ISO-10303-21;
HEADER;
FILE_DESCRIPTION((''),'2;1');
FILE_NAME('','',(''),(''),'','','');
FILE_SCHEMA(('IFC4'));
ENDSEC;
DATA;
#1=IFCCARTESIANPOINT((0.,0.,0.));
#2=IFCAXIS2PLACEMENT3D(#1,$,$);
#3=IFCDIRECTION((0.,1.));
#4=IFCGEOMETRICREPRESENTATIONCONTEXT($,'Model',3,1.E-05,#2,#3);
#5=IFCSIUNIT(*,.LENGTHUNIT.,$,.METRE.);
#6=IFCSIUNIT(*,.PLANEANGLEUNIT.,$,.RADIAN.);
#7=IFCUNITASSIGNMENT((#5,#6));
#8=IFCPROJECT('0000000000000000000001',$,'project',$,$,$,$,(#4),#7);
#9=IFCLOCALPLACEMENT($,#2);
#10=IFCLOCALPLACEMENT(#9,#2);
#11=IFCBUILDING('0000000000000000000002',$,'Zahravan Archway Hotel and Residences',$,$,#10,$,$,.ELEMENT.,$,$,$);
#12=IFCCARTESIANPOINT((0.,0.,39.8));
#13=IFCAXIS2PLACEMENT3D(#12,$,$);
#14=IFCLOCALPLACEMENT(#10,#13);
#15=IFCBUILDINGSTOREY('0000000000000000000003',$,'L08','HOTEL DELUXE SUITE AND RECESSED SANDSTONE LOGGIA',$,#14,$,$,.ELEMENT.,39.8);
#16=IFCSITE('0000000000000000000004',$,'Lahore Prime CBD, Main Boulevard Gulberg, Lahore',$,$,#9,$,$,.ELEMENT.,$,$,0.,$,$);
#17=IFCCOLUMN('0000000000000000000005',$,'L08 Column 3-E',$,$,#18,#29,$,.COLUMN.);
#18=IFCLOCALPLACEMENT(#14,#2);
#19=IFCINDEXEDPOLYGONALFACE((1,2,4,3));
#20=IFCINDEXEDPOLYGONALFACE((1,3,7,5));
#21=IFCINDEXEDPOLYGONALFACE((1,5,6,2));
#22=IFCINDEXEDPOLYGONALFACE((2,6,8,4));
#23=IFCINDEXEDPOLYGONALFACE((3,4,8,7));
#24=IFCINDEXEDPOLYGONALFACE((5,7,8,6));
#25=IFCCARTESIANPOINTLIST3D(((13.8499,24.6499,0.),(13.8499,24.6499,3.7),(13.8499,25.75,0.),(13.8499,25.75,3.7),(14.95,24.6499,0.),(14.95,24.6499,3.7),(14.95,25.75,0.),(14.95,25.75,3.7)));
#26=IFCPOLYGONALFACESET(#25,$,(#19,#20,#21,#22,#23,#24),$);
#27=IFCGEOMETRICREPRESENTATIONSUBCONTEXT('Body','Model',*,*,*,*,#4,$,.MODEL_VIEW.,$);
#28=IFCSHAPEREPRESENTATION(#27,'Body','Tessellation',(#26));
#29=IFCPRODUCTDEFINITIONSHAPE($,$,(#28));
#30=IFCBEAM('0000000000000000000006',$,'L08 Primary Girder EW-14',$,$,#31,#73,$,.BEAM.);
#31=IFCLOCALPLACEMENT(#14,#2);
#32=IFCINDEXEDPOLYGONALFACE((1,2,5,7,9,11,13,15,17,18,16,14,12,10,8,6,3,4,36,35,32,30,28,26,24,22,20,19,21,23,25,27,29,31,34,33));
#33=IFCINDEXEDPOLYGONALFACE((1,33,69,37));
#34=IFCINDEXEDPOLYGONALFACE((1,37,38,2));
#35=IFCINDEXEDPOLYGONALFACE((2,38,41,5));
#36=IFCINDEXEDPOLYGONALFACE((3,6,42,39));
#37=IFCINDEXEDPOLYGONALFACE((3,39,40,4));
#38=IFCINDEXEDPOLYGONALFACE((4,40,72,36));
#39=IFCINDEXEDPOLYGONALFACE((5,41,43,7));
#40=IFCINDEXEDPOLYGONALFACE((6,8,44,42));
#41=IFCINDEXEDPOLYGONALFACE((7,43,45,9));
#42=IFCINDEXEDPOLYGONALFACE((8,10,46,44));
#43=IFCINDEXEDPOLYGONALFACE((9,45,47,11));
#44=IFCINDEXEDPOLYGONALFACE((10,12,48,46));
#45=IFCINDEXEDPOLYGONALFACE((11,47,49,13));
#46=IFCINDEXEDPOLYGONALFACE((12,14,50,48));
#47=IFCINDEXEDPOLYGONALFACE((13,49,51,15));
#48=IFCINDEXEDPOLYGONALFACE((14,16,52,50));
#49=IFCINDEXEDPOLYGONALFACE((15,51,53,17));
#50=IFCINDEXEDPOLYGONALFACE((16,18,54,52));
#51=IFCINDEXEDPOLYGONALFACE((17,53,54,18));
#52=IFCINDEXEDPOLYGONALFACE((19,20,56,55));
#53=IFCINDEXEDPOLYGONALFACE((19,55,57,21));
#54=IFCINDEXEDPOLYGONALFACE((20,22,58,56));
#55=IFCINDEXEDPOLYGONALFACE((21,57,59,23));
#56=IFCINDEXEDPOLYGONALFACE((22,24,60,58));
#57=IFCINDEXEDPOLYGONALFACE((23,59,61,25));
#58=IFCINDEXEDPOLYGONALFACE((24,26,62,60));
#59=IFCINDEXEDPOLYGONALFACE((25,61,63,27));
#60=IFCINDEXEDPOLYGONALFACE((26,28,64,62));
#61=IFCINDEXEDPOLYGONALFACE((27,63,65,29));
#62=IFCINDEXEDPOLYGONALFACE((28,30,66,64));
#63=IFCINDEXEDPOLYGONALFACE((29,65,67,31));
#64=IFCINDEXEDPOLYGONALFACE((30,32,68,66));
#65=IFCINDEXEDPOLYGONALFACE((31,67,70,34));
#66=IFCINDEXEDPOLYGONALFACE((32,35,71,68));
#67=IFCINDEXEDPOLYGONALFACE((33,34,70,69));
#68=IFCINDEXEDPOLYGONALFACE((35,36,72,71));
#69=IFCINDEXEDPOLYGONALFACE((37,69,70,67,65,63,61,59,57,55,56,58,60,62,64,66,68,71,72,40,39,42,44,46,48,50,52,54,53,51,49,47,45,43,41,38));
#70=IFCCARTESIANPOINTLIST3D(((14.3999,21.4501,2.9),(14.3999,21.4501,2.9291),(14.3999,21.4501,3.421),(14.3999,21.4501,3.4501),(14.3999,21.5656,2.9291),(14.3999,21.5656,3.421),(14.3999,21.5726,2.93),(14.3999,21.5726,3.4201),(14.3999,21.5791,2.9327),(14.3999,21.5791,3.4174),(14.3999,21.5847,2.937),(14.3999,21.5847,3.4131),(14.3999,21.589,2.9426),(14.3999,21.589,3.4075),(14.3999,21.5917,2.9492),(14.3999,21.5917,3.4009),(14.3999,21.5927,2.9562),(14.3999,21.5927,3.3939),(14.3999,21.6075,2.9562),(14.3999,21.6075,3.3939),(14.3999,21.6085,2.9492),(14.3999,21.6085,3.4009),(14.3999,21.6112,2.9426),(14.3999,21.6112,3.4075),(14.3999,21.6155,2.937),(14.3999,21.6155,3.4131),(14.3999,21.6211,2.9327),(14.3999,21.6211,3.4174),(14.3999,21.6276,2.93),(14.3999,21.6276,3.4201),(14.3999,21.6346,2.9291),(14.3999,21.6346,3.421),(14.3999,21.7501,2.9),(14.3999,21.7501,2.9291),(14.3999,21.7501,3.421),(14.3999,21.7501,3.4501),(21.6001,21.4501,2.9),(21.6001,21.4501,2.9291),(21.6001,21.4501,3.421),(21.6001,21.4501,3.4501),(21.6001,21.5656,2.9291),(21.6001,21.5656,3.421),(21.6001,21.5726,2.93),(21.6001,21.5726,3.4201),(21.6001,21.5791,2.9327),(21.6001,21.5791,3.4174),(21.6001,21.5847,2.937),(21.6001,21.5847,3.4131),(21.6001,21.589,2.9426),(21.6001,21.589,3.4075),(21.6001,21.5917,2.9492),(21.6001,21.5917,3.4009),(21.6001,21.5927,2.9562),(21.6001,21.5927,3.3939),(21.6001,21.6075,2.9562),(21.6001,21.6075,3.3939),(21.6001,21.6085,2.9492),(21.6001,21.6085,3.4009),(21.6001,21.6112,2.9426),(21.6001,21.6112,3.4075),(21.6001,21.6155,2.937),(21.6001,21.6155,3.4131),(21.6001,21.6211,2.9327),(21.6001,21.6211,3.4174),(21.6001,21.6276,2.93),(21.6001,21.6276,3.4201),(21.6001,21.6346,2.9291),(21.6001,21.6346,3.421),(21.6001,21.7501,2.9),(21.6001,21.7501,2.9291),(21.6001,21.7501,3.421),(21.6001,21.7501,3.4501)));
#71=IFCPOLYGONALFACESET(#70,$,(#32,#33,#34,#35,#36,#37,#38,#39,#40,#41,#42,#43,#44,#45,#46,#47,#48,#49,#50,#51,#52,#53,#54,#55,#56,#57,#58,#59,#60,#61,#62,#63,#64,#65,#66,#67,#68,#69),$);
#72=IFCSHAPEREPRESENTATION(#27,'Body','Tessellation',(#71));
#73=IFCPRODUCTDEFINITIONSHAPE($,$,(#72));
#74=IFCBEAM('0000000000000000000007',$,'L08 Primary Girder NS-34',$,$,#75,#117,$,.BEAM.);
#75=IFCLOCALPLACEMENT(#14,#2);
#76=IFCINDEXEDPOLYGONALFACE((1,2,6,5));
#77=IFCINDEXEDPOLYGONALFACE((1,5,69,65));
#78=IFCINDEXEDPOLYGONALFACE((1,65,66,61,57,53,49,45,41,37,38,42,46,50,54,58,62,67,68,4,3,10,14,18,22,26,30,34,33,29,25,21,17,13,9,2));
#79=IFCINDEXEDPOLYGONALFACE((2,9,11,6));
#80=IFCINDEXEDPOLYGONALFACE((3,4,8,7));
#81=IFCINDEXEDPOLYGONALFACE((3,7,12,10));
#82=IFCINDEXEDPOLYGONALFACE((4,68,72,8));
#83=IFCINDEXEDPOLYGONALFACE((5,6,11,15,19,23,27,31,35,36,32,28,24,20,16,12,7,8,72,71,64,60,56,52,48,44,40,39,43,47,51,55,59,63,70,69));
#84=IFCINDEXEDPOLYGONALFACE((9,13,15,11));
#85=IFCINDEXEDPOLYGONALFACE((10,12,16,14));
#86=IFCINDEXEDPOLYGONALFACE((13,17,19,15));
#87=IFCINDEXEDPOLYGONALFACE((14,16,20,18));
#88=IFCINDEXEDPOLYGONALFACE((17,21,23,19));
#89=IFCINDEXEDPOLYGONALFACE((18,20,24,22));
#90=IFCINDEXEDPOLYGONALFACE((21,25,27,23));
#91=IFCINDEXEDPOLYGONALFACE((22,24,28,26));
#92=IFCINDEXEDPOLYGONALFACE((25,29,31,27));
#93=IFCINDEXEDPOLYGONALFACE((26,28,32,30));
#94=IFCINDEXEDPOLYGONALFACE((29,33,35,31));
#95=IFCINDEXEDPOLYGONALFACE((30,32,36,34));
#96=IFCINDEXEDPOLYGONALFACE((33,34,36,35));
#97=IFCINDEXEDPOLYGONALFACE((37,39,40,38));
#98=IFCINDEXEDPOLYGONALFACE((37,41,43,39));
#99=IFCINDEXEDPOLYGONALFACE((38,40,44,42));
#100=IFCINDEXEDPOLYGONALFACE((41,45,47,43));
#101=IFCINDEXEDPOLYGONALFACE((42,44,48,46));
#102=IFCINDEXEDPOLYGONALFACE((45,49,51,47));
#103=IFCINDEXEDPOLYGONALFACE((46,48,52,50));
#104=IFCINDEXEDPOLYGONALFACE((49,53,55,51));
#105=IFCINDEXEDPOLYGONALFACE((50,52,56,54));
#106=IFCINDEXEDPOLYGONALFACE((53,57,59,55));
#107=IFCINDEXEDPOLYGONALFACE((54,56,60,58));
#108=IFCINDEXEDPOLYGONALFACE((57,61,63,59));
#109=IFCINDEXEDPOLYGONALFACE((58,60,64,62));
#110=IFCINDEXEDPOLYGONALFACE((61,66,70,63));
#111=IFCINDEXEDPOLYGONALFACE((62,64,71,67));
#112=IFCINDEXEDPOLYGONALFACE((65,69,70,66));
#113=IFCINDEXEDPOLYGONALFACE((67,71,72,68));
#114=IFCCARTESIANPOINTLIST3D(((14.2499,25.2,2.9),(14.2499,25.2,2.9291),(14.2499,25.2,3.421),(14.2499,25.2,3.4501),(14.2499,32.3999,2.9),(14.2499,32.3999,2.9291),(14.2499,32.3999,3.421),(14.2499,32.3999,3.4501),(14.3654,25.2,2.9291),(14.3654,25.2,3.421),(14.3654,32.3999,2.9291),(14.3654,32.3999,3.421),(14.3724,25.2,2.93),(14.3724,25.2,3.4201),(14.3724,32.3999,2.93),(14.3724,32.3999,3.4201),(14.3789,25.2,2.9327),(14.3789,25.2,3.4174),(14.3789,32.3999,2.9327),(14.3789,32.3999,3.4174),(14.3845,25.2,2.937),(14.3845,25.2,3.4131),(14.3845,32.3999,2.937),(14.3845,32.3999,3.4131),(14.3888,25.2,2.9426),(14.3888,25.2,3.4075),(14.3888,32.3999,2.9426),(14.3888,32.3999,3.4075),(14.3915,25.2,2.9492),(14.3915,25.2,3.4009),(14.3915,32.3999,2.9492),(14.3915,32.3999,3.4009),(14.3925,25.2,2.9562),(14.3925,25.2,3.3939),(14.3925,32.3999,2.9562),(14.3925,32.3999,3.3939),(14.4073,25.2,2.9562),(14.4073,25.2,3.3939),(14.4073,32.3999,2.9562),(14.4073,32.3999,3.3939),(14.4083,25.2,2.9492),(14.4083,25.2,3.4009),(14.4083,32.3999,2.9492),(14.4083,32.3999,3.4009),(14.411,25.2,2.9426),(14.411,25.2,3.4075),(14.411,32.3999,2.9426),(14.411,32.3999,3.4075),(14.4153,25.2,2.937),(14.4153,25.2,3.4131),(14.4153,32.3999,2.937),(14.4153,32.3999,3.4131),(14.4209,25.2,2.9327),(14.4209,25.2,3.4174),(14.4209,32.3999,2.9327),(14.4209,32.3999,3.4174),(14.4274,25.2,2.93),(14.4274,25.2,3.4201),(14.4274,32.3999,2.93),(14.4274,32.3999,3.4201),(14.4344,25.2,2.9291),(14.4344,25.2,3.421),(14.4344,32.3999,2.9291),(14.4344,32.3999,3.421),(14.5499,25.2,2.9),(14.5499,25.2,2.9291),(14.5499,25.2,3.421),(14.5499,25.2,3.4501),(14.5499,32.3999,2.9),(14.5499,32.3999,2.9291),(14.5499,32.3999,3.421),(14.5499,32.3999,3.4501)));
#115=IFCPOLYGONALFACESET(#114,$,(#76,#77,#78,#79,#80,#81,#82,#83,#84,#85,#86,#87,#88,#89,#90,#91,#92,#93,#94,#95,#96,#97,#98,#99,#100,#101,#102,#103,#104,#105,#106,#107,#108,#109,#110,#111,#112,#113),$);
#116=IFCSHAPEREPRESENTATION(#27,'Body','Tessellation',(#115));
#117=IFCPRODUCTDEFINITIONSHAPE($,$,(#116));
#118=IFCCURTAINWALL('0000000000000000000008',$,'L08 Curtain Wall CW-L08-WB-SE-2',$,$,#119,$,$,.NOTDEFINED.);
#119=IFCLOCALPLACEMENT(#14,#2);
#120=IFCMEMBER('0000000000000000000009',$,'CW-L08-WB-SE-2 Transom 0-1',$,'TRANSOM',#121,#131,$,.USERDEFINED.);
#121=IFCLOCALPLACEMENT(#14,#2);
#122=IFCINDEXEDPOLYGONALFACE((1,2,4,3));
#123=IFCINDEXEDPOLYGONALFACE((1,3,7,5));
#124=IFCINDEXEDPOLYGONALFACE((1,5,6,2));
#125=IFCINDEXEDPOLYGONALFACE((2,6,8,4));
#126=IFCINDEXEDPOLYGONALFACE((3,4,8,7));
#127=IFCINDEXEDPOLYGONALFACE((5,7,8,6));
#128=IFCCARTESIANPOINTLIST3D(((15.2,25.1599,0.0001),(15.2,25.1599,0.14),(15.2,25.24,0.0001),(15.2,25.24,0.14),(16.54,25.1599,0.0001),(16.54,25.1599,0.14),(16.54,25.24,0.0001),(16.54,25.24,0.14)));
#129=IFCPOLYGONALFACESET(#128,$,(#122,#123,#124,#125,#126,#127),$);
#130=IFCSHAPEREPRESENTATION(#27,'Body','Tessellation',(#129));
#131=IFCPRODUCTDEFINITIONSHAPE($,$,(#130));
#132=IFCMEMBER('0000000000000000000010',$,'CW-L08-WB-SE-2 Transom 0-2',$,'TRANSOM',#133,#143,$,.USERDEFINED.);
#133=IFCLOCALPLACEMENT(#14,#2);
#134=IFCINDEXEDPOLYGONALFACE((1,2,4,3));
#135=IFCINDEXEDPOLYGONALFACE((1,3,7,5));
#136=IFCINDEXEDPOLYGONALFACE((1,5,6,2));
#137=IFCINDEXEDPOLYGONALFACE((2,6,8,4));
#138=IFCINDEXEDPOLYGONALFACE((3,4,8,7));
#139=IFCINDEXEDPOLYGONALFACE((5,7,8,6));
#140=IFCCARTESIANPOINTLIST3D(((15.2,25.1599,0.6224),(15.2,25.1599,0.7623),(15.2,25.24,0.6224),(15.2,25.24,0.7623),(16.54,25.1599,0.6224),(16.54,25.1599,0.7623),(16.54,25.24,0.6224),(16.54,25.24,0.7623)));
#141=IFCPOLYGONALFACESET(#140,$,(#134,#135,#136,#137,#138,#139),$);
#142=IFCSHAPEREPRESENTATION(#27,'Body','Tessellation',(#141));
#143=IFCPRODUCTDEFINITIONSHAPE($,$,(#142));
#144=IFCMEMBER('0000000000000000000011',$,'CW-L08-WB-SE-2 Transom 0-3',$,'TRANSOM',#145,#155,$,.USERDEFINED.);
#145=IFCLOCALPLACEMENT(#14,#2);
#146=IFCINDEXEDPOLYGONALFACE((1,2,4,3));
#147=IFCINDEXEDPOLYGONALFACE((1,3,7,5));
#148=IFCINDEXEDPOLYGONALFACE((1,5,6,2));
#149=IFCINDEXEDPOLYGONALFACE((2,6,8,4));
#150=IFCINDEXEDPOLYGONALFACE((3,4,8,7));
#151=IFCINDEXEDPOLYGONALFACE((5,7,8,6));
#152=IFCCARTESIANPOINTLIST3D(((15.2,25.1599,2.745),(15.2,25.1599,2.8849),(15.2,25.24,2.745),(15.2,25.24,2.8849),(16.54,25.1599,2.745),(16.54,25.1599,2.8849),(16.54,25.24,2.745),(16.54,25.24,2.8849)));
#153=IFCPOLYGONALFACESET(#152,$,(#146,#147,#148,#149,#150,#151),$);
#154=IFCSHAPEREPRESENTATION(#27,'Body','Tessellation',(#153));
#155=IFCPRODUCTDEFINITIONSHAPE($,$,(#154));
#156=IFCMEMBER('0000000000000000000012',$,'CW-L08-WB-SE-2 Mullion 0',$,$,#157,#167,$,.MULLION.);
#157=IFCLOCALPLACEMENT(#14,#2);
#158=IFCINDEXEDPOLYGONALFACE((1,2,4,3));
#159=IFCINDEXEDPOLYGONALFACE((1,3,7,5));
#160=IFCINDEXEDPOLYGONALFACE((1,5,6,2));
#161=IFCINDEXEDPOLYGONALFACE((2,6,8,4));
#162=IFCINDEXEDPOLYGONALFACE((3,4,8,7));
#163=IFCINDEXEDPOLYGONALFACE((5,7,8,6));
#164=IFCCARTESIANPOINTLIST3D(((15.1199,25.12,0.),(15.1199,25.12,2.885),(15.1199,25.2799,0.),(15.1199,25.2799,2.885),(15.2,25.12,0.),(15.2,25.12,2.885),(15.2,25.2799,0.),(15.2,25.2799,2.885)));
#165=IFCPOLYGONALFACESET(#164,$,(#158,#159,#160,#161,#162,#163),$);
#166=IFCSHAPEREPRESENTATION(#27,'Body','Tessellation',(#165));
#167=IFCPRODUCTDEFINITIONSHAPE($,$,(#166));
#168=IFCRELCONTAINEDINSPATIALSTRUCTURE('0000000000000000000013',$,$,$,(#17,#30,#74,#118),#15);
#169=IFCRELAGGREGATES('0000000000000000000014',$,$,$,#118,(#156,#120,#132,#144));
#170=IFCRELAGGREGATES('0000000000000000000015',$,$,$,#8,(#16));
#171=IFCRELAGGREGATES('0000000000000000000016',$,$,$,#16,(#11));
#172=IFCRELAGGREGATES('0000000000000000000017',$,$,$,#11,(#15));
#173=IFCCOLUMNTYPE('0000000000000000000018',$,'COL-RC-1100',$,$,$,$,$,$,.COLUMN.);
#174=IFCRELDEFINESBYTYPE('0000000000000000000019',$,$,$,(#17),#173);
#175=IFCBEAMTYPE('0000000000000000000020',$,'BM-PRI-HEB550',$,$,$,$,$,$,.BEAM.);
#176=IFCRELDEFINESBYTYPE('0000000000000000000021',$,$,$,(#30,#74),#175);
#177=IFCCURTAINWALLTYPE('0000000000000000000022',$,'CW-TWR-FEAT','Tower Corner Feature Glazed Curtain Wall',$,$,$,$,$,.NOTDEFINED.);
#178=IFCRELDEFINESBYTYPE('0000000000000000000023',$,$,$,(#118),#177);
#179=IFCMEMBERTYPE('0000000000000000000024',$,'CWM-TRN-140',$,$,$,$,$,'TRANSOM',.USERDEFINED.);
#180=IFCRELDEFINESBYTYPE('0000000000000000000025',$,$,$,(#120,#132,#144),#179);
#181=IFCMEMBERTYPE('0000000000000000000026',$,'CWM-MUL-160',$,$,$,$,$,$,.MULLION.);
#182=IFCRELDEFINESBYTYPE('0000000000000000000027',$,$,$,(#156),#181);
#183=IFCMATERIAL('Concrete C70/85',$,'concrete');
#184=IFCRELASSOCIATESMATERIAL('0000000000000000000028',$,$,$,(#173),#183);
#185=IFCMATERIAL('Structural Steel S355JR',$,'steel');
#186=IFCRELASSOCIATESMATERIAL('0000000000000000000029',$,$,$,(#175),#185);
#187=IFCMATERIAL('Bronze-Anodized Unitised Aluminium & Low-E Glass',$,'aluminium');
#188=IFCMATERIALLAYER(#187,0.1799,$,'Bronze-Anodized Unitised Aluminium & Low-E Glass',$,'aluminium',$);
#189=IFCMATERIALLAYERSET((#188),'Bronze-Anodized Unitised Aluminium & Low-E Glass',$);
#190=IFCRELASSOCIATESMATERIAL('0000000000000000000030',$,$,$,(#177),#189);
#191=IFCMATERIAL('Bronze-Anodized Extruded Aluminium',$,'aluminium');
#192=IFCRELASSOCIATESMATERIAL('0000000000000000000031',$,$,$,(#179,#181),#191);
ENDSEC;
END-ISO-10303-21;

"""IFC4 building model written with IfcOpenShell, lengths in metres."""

from ifc_helpers import new_model, si_unit, direction, frame, origin, origin_2d, place, context, subcontext, project, spatial, rectangle, i_section, extrude, source, transform, mapped, material, layer, layer_set, material_profile, profile_set, type_object, type_shapes, element, aggregate, save


model = new_model("IFC4")

# Units and contexts
model_context = context("Model", 3, precision=1e-05, world=origin(), true_north=direction((0.0, 1.0)))
body_context = subcontext(model_context, "Body", "Model", "MODEL_VIEW")
ifc_project = project(units=[si_unit("LENGTHUNIT", "METRE"), si_unit("PLANEANGLEUNIT", "RADIAN")], contexts=[model_context])

# Site, building, storey
site_placement = place(None, origin())
site = spatial("IfcSite", under=ifc_project, at=site_placement, Name="Lahore Prime CBD, Main Boulevard Gulberg, Lahore", CompositionType="ELEMENT", RefElevation=0.0)
building_placement = place(site_placement, origin())
building = spatial("IfcBuilding", under=site, at=building_placement, Name="Zahravan Archway Hotel and Residences", CompositionType="ELEMENT")
storey_placement = place(building_placement, frame((0.0, 0.0, 39.8)))
storey = spatial("IfcBuildingStorey", under=building, at=storey_placement, Name="L08", Description="HOTEL DELUXE SUITE AND RECESSED SANDSTONE LOGGIA", CompositionType="ELEMENT", Elevation=39.8)

# Column
ifc_material_1 = material(Name="Concrete C70/85", Category="concrete")
ifc_material_profile_1 = material_profile(ifc_material_1, rectangle(XDim=1.1001, YDim=1.1001, at=origin_2d()), Name="RC 1100x1100", Category="concrete")
ifc_profile_set_1 = profile_set([ifc_material_profile_1], Name="Concrete C70/85")
column_type = type_object("IfcColumnType", Name="COL-RC-1100", PredefinedType="COLUMN", material=ifc_profile_set_1)
shared_shape_1 = source(origin(), body_context, "Body", "SweptSolid", [
    extrude(rectangle(XDim=1.1001, YDim=1.1001, at=origin_2d()), origin(), (0.0, 0.0, 1.0), 3.7),
])
column_placement = place(storey_placement, frame((14.3999, 25.2, 0.0), z_axis=(0.0, 0.0, 1.0), x_axis=(1.0, 0.0, 0.0)))
element("IfcColumn", 1, at=column_placement, inside=storey, type_object=column_type, Name="L08 Column 3-E", PredefinedType="COLUMN", context=body_context, shape_type="MappedRepresentation", body=[
    mapped(shared_shape_1, transform((0.0, 0.0, 0.0), scale=1.0)),
])

# Beams
ifc_material_2 = material(Name="Structural Steel S355JR", Category="steel")
ifc_material_profile_2 = material_profile(ifc_material_2, i_section(OverallWidth=0.3, OverallDepth=0.55, WebThickness=0.0149, FlangeThickness=0.0291, FilletRadius=0.0271, at=origin_2d()), Name="HEB 550", Category="steel")
ifc_profile_set_2 = profile_set([ifc_material_profile_2], Name="Structural Steel S355JR")
beam_type = type_object("IfcBeamType", Name="BM-PRI-HEB550", PredefinedType="BEAM", material=ifc_profile_set_2)
shared_shape_2 = source(origin(), body_context, "Body", "SweptSolid", [
    extrude(i_section(OverallWidth=0.3, OverallDepth=0.55, WebThickness=0.0149, FlangeThickness=0.0291, FilletRadius=0.0271, at=origin_2d()), origin(), (0.0, 0.0, 1.0), 7.2002),
])
type_shapes(beam_type, [shared_shape_2])
beam_1_placement = place(storey_placement, frame((14.3999, 21.6001, 3.175), z_axis=(1.0, 0.0, 0.0), x_axis=(0.0, 1.0, 0.0)))
element("IfcBeam", 2, at=beam_1_placement, inside=storey, type_object=beam_type, Name="L08 Primary Girder EW-14", PredefinedType="BEAM", context=body_context, shape_type="MappedRepresentation", body=[
    mapped(shared_shape_2, transform((0.0, 0.0, 0.0), scale=1.0)),
])
shared_shape_3 = source(origin(), body_context, "Body", "SweptSolid", [
    extrude(i_section(OverallWidth=0.3, OverallDepth=0.55, WebThickness=0.0149, FlangeThickness=0.0291, FilletRadius=0.0271, at=origin_2d()), origin(), (0.0, 0.0, 1.0), 7.2),
])
beam_2_placement = place(storey_placement, frame((14.3999, 25.2, 3.175), z_axis=(0.0, 1.0, 0.0), x_axis=(-1.0, 0.0, 0.0)))
element("IfcBeam", 3, at=beam_2_placement, inside=storey, type_object=beam_type, Name="L08 Primary Girder NS-34", PredefinedType="BEAM", context=body_context, shape_type="MappedRepresentation", body=[
    mapped(shared_shape_3, transform((0.0, 0.0, 0.0), scale=1.0)),
])

# Curtain wall, members
ifc_material_3 = material(Name="Bronze-Anodized Unitised Aluminium & Low-E Glass", Category="aluminium")
ifc_layer_1 = layer(ifc_material_3, 0.1799, Name="Bronze-Anodized Unitised Aluminium & Low-E Glass", Category="aluminium")
ifc_layer_set_1 = layer_set([ifc_layer_1], Name="Bronze-Anodized Unitised Aluminium & Low-E Glass")
curtain_wall_type = type_object("IfcCurtainWallType", Name="CW-TWR-FEAT", Description="Tower Corner Feature Glazed Curtain Wall", PredefinedType="NOTDEFINED", material=ifc_layer_set_1)
curtain_wall_placement = place(storey_placement, origin())
curtain_wall = element("IfcCurtainWall", 4, at=curtain_wall_placement, inside=storey, type_object=curtain_wall_type, Name="L08 Curtain Wall CW-L08-WB-SE-2", PredefinedType="NOTDEFINED")
ifc_material_4 = material(Name="Bronze-Anodized Extruded Aluminium", Category="aluminium")
ifc_material_profile_3 = material_profile(ifc_material_4, rectangle(XDim=0.0801, YDim=0.1399, at=origin_2d()), Name="TRN 80x140", Category="aluminium")
ifc_profile_set_3 = profile_set([ifc_material_profile_3], Name="Bronze-Anodized Extruded Aluminium")
member_type_1 = type_object("IfcMemberType", Name="CWM-TRN-140", ElementType="TRANSOM", PredefinedType="USERDEFINED", material=ifc_profile_set_3)
shared_shape_4 = source(origin(), body_context, "Body", "SweptSolid", [
    extrude(rectangle(XDim=0.0801, YDim=0.1399, at=origin_2d()), origin(), (0.0, 0.0, 1.0), 1.3401),
])
member_1_placement = place(storey_placement, frame((15.2, 25.2, 0.0701), z_axis=(1.0, 0.0, 0.0), x_axis=(0.0, 1.0, 0.0)))
member_1 = element("IfcMember", 5, at=member_1_placement, type_object=member_type_1, Name="CW-L08-WB-SE-2 Transom 0-1", ObjectType="TRANSOM", PredefinedType="USERDEFINED", context=body_context, shape_type="MappedRepresentation", body=[
    mapped(shared_shape_4, transform((0.0, 0.0, 0.0), scale=1.0)),
])
member_2_placement = place(storey_placement, frame((15.2, 25.2, 0.6924), z_axis=(1.0, 0.0, 0.0), x_axis=(0.0, 1.0, 0.0)))
member_2 = element("IfcMember", 6, at=member_2_placement, type_object=member_type_1, Name="CW-L08-WB-SE-2 Transom 0-2", ObjectType="TRANSOM", PredefinedType="USERDEFINED", context=body_context, shape_type="MappedRepresentation", body=[
    mapped(shared_shape_4, transform((0.0, 0.0, 0.0), scale=1.0)),
])
member_3_placement = place(storey_placement, frame((15.2, 25.2, 2.8149), z_axis=(1.0, 0.0, 0.0), x_axis=(0.0, 1.0, 0.0)))
member_3 = element("IfcMember", 7, at=member_3_placement, type_object=member_type_1, Name="CW-L08-WB-SE-2 Transom 0-3", ObjectType="TRANSOM", PredefinedType="USERDEFINED", context=body_context, shape_type="MappedRepresentation", body=[
    mapped(shared_shape_4, transform((0.0, 0.0, 0.0), scale=1.0)),
])
ifc_material_profile_4 = material_profile(ifc_material_4, rectangle(XDim=0.0801, YDim=0.1599, at=origin_2d()), Name="MUL 80x160", Category="aluminium")
ifc_profile_set_4 = profile_set([ifc_material_profile_4], Name="Bronze-Anodized Extruded Aluminium")
member_type_2 = type_object("IfcMemberType", Name="CWM-MUL-160", PredefinedType="MULLION", material=ifc_profile_set_4)
shared_shape_5 = source(origin(), body_context, "Body", "SweptSolid", [
    extrude(rectangle(XDim=0.0801, YDim=0.1599, at=origin_2d()), origin(), (0.0, 0.0, 1.0), 2.885),
])
member_4_placement = place(storey_placement, frame((15.1599, 25.2, 0.0), z_axis=(0.0, 0.0, 1.0), x_axis=(1.0, 0.0, 0.0)))
member_4 = element("IfcMember", 8, at=member_4_placement, type_object=member_type_2, Name="CW-L08-WB-SE-2 Mullion 0", PredefinedType="MULLION", context=body_context, shape_type="MappedRepresentation", body=[
    mapped(shared_shape_5, transform((0.0, 0.0, 0.0), scale=1.0)),
])
aggregate(curtain_wall, [member_4, member_1, member_2, member_3])

save(model, "model.ifc")
